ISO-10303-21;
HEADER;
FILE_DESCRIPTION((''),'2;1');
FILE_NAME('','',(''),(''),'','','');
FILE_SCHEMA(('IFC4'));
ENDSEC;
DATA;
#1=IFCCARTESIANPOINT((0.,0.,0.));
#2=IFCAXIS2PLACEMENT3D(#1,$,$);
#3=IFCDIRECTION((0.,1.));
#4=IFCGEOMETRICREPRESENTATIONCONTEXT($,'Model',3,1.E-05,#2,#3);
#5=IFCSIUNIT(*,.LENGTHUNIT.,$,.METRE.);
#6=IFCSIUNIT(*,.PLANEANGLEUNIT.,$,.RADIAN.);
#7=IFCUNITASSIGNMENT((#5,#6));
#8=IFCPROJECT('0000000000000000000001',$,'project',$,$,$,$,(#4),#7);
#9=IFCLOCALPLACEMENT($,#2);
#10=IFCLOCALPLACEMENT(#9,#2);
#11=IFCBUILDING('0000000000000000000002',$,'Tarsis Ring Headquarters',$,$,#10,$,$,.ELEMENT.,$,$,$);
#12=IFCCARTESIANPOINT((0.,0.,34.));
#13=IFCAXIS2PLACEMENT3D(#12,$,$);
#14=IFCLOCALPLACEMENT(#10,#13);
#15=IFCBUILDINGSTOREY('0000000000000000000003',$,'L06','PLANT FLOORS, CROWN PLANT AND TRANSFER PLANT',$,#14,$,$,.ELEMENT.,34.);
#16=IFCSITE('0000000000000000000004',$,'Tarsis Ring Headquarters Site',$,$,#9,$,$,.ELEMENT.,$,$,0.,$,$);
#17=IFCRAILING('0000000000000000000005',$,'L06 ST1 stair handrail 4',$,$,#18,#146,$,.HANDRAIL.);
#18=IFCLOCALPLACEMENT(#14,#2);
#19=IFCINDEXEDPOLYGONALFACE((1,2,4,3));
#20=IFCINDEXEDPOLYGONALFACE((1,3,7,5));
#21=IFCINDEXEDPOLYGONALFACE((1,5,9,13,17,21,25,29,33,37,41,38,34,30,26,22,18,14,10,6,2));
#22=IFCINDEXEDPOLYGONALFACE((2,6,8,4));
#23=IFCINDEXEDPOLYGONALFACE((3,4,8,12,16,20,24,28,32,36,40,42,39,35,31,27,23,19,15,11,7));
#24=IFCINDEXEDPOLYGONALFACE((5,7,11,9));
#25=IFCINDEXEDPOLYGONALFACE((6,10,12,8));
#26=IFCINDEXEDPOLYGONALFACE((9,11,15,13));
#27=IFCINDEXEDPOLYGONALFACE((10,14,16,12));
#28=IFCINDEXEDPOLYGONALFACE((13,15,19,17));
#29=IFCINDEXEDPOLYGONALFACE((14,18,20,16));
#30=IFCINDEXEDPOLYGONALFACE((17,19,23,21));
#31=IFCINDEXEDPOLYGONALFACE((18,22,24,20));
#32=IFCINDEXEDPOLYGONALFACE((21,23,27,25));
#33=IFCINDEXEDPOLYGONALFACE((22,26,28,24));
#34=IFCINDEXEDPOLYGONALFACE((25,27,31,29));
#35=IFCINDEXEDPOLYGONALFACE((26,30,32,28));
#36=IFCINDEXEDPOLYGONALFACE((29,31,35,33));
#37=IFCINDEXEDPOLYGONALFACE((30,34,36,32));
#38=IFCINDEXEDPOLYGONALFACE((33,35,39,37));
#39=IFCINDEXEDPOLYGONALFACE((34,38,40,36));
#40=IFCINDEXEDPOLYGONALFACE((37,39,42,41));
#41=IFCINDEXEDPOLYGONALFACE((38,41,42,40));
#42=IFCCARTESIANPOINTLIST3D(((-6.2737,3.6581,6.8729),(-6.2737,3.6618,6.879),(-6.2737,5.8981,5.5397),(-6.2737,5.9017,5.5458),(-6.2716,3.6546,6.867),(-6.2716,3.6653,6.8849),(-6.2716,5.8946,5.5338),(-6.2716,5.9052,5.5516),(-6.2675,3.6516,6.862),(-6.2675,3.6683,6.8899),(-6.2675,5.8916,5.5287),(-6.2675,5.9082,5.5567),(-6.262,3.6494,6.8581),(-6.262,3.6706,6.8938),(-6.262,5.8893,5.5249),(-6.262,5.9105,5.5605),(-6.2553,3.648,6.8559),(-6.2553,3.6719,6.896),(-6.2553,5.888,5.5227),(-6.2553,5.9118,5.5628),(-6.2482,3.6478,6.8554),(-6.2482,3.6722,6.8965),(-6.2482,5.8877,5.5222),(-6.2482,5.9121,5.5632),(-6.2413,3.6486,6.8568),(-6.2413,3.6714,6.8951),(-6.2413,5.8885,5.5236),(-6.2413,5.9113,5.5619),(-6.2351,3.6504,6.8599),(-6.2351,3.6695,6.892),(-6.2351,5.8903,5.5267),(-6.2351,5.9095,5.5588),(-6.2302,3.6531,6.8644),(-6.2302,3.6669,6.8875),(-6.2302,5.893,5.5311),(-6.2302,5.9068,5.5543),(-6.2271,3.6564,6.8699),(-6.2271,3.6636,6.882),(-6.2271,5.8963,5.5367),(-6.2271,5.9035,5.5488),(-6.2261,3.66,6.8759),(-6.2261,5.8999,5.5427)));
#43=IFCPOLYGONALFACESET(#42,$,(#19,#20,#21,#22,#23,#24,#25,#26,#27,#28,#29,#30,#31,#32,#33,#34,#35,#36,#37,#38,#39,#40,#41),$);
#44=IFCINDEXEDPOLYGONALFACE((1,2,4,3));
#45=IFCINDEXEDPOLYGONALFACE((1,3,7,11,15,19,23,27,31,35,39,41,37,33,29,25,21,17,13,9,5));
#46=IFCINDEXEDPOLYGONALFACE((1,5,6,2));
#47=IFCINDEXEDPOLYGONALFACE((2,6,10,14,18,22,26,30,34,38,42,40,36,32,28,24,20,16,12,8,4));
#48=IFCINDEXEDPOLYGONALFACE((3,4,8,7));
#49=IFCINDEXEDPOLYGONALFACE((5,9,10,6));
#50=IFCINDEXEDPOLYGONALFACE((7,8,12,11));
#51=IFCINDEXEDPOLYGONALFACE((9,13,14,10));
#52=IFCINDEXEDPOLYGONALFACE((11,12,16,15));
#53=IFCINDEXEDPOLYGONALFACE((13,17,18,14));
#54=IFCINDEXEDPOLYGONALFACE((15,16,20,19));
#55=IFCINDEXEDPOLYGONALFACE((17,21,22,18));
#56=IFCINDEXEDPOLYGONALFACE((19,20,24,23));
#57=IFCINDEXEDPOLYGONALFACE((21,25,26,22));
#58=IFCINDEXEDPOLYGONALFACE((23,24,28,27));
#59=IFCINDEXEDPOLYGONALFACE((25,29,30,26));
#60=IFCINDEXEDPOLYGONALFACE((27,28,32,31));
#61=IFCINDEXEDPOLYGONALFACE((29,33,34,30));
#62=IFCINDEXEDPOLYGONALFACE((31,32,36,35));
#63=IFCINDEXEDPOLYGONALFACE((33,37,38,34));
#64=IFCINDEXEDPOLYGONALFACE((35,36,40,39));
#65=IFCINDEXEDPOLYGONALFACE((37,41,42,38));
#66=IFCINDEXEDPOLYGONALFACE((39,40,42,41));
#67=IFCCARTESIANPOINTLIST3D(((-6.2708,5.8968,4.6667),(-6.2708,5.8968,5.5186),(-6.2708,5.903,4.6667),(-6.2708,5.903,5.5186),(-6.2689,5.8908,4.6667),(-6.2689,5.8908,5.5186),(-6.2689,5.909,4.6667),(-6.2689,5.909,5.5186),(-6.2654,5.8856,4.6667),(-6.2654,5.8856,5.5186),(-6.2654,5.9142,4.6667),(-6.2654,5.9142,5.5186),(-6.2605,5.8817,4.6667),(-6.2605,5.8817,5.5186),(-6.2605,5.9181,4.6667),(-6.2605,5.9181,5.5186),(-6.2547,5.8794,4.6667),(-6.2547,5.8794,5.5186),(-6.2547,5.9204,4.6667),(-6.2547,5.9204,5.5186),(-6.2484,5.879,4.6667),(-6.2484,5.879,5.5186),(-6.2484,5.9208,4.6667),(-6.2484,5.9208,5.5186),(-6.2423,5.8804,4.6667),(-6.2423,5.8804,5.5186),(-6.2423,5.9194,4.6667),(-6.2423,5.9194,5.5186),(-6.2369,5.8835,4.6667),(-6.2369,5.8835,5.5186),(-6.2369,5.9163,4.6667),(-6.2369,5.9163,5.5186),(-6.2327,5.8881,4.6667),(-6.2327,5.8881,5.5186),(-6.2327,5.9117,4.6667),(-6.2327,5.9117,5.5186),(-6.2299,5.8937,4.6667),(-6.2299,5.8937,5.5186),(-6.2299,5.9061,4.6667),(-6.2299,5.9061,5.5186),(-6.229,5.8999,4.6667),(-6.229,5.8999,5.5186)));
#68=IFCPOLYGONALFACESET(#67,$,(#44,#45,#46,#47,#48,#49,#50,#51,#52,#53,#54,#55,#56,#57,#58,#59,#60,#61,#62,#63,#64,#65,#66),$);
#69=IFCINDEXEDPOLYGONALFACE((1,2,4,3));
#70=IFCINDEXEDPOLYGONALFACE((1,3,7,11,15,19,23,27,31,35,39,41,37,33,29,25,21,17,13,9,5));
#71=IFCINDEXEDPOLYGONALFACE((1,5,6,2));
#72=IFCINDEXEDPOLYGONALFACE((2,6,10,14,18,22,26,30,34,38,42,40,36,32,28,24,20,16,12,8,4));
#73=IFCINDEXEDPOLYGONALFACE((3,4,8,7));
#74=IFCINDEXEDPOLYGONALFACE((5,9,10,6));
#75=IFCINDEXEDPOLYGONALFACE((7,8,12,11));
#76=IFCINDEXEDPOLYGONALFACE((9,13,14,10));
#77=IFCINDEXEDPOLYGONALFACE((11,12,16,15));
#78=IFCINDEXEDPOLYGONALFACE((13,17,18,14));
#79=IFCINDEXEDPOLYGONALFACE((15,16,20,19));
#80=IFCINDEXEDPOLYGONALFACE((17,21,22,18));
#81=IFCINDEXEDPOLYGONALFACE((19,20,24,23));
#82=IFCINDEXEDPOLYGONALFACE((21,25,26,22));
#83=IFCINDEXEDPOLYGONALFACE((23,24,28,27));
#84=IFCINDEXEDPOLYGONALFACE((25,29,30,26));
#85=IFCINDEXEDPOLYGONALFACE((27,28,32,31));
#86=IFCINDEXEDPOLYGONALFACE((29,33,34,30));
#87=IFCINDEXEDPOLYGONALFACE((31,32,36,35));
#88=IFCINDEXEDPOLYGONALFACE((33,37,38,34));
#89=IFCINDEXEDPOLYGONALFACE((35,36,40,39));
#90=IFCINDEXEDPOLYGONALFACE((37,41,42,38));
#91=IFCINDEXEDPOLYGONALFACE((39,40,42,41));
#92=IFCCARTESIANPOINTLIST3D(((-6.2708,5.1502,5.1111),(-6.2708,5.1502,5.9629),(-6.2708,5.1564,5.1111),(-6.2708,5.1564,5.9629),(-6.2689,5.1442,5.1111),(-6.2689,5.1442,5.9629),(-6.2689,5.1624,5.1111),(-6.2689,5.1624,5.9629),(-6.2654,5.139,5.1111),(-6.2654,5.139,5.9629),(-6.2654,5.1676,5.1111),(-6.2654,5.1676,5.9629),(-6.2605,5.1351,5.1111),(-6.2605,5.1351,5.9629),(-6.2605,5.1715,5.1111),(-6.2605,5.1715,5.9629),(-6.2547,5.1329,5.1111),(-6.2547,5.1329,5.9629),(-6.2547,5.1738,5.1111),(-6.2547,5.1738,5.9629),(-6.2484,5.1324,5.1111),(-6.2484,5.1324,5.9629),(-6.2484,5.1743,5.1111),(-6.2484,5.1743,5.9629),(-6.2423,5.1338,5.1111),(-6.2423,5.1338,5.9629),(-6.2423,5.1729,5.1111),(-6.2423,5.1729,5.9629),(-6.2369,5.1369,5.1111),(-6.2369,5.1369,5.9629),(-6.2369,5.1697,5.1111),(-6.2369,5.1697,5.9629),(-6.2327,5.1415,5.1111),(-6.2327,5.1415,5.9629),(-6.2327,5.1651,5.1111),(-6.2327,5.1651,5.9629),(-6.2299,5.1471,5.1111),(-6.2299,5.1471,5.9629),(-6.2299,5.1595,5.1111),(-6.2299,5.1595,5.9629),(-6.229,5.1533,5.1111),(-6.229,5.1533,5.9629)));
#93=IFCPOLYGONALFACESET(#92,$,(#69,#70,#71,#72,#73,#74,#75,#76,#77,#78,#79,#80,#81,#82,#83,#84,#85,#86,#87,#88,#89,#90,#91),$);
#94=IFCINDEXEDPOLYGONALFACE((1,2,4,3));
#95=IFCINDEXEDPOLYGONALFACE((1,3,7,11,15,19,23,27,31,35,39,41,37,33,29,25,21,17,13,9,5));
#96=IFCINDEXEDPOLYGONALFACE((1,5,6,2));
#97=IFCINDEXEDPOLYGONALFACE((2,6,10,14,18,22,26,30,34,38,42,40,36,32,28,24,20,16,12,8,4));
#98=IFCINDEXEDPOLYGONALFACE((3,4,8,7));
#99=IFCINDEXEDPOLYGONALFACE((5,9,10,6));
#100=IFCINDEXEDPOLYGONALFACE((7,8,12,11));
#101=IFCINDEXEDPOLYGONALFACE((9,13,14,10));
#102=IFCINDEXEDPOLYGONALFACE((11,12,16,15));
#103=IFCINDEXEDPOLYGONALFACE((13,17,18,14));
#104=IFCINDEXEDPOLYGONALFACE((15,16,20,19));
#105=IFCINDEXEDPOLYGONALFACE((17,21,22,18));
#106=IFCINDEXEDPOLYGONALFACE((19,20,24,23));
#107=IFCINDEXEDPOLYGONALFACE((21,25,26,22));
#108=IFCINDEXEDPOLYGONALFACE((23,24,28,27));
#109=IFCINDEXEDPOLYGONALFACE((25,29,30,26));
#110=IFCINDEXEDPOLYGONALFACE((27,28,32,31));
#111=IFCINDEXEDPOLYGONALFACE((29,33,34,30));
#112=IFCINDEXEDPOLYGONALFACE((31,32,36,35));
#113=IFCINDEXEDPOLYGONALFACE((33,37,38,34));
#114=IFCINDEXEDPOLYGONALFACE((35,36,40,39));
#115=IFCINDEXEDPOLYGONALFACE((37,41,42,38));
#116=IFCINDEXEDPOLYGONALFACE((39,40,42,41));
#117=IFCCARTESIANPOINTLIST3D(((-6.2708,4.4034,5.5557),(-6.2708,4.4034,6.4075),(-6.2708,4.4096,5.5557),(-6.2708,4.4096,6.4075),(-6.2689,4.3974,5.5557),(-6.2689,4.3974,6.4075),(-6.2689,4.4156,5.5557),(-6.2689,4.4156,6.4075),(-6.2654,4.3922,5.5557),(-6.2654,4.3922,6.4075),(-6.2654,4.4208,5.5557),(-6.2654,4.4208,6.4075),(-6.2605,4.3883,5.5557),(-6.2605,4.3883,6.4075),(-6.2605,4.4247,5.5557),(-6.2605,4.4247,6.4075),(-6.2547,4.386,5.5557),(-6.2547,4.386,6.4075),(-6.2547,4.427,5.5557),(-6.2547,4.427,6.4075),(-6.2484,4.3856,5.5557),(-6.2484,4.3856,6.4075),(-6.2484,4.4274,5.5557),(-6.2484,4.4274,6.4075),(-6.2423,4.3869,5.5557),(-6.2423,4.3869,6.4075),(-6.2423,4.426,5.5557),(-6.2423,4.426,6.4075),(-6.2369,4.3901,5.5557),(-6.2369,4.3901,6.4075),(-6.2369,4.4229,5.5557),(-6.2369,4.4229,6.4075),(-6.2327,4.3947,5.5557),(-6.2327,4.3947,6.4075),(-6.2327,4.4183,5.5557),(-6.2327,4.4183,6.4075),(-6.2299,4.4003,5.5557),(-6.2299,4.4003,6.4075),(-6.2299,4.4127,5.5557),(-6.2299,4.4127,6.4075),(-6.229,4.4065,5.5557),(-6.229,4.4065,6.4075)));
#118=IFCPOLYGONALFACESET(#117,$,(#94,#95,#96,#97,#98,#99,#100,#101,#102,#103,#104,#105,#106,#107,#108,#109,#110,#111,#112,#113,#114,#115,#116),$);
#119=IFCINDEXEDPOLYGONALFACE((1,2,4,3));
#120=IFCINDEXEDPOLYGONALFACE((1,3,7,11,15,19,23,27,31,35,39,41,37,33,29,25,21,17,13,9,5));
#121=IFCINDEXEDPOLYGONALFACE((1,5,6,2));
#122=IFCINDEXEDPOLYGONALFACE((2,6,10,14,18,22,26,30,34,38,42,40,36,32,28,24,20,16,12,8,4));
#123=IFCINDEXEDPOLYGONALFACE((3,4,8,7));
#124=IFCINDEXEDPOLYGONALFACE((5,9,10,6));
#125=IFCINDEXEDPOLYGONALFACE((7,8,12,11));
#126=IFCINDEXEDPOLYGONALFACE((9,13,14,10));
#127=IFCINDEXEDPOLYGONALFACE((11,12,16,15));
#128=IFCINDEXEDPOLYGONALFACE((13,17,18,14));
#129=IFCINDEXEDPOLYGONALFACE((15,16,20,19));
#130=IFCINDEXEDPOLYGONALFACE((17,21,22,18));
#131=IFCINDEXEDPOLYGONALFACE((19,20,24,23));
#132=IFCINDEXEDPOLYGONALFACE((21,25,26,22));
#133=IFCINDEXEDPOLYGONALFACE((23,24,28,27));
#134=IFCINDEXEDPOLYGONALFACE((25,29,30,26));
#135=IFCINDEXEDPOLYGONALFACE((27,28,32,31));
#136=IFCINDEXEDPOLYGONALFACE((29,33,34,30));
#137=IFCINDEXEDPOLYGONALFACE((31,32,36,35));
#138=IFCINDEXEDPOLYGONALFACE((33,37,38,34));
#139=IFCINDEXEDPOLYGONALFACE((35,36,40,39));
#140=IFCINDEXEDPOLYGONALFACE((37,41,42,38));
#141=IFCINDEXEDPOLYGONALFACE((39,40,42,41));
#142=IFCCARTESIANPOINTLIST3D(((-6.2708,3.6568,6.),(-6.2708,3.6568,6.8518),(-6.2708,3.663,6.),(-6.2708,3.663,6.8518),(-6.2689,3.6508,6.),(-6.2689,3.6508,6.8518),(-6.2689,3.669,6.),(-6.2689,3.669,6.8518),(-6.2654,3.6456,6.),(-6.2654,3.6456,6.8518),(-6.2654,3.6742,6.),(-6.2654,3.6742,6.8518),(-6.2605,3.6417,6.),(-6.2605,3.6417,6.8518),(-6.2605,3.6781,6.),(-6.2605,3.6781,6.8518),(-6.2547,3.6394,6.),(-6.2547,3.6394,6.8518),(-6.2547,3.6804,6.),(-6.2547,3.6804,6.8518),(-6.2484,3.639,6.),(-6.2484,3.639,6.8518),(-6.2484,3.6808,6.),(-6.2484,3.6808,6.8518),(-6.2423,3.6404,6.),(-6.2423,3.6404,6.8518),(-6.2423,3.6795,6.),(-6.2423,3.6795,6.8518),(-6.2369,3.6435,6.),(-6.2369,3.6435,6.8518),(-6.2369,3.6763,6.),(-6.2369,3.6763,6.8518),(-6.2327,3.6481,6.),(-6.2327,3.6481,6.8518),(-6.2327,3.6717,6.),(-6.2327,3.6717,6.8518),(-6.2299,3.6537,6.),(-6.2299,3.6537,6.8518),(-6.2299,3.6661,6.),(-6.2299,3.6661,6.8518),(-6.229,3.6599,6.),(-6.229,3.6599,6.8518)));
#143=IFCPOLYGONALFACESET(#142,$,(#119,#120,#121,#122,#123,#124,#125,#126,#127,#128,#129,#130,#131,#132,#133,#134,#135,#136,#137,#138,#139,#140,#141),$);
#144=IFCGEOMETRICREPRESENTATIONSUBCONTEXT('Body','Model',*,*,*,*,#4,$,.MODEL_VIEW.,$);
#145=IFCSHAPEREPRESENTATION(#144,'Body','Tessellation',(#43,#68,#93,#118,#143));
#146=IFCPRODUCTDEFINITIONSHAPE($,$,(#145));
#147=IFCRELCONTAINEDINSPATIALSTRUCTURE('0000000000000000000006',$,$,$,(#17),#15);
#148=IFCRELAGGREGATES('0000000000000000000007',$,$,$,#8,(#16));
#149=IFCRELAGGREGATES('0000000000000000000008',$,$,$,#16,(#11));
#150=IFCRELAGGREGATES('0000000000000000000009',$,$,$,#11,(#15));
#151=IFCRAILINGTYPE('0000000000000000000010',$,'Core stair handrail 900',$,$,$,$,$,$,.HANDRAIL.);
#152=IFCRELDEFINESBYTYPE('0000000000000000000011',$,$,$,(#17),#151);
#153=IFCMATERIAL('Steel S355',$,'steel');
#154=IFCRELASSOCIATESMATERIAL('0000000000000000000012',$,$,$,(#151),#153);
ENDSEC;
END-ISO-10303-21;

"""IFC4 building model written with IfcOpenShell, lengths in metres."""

from ifc_helpers import new_model, si_unit, direction, frame, origin, origin_2d, place, context, subcontext, project, spatial, circle, extrude, material, type_object, element, save


model = new_model("IFC4")

# Units and contexts
model_context = context("Model", 3, precision=1e-05, world=origin(), true_north=direction((0.0, 1.0)))
body_context = subcontext(model_context, "Body", "Model", "MODEL_VIEW")
ifc_project = project(units=[si_unit("LENGTHUNIT", "METRE"), si_unit("PLANEANGLEUNIT", "RADIAN")], contexts=[model_context])

# Site, building, storey
site_placement = place(None, origin())
site = spatial("IfcSite", under=ifc_project, at=site_placement, Name="Tarsis Ring Headquarters Site", CompositionType="ELEMENT", RefElevation=0.0)
building_placement = place(site_placement, origin())
building = spatial("IfcBuilding", under=site, at=building_placement, Name="Tarsis Ring Headquarters", CompositionType="ELEMENT")
storey_placement = place(building_placement, frame((0.0, 0.0, 34.0)))
storey = spatial("IfcBuildingStorey", under=building, at=storey_placement, Name="L06", Description="PLANT FLOORS, CROWN PLANT AND TRANSFER PLANT", CompositionType="ELEMENT", Elevation=34.0)

# Shared definitions
ifc_material_1 = material(Name="Steel S355", Category="steel")

# Railing
railing_type_1 = type_object("IfcRailingType", Name="Core stair handrail 900", PredefinedType="HANDRAIL", material=ifc_material_1)
railing_1_placement = place(storey_placement, frame((-6.25, 5.8999, 4.6667)))
element("IfcRailing", 1, at=railing_1_placement, inside=storey, type_object=railing_type_1, Name="L06 ST1 stair handrail 4", PredefinedType="HANDRAIL", context=body_context, shape_type="SweptSolid", body=[
    extrude(circle(Radius=0.0239, at=origin_2d()), frame((0.0, 0.0, 0.876), z_axis=(0.0, -0.859306, 0.511462), x_axis=(1.0, 0.0, 0.0)), (0.0, 0.0, 1.0), 2.6067),
    extrude(circle(Radius=0.021, at=origin_2d()), origin(), (0.0, 0.0, 1.0), 0.8518),
    extrude(circle(Radius=0.021, at=origin_2d()), frame((0.0, -0.7466, 0.4443)), (0.0, 0.0, 1.0), 0.8518),
    extrude(circle(Radius=0.021, at=origin_2d()), frame((0.0, -1.4934, 0.8889)), (0.0, 0.0, 1.0), 0.8518),
    extrude(circle(Radius=0.021, at=origin_2d()), frame((0.0, -2.24, 1.3333)), (0.0, 0.0, 1.0), 0.8518),
])

save(model, "model.ifc")
